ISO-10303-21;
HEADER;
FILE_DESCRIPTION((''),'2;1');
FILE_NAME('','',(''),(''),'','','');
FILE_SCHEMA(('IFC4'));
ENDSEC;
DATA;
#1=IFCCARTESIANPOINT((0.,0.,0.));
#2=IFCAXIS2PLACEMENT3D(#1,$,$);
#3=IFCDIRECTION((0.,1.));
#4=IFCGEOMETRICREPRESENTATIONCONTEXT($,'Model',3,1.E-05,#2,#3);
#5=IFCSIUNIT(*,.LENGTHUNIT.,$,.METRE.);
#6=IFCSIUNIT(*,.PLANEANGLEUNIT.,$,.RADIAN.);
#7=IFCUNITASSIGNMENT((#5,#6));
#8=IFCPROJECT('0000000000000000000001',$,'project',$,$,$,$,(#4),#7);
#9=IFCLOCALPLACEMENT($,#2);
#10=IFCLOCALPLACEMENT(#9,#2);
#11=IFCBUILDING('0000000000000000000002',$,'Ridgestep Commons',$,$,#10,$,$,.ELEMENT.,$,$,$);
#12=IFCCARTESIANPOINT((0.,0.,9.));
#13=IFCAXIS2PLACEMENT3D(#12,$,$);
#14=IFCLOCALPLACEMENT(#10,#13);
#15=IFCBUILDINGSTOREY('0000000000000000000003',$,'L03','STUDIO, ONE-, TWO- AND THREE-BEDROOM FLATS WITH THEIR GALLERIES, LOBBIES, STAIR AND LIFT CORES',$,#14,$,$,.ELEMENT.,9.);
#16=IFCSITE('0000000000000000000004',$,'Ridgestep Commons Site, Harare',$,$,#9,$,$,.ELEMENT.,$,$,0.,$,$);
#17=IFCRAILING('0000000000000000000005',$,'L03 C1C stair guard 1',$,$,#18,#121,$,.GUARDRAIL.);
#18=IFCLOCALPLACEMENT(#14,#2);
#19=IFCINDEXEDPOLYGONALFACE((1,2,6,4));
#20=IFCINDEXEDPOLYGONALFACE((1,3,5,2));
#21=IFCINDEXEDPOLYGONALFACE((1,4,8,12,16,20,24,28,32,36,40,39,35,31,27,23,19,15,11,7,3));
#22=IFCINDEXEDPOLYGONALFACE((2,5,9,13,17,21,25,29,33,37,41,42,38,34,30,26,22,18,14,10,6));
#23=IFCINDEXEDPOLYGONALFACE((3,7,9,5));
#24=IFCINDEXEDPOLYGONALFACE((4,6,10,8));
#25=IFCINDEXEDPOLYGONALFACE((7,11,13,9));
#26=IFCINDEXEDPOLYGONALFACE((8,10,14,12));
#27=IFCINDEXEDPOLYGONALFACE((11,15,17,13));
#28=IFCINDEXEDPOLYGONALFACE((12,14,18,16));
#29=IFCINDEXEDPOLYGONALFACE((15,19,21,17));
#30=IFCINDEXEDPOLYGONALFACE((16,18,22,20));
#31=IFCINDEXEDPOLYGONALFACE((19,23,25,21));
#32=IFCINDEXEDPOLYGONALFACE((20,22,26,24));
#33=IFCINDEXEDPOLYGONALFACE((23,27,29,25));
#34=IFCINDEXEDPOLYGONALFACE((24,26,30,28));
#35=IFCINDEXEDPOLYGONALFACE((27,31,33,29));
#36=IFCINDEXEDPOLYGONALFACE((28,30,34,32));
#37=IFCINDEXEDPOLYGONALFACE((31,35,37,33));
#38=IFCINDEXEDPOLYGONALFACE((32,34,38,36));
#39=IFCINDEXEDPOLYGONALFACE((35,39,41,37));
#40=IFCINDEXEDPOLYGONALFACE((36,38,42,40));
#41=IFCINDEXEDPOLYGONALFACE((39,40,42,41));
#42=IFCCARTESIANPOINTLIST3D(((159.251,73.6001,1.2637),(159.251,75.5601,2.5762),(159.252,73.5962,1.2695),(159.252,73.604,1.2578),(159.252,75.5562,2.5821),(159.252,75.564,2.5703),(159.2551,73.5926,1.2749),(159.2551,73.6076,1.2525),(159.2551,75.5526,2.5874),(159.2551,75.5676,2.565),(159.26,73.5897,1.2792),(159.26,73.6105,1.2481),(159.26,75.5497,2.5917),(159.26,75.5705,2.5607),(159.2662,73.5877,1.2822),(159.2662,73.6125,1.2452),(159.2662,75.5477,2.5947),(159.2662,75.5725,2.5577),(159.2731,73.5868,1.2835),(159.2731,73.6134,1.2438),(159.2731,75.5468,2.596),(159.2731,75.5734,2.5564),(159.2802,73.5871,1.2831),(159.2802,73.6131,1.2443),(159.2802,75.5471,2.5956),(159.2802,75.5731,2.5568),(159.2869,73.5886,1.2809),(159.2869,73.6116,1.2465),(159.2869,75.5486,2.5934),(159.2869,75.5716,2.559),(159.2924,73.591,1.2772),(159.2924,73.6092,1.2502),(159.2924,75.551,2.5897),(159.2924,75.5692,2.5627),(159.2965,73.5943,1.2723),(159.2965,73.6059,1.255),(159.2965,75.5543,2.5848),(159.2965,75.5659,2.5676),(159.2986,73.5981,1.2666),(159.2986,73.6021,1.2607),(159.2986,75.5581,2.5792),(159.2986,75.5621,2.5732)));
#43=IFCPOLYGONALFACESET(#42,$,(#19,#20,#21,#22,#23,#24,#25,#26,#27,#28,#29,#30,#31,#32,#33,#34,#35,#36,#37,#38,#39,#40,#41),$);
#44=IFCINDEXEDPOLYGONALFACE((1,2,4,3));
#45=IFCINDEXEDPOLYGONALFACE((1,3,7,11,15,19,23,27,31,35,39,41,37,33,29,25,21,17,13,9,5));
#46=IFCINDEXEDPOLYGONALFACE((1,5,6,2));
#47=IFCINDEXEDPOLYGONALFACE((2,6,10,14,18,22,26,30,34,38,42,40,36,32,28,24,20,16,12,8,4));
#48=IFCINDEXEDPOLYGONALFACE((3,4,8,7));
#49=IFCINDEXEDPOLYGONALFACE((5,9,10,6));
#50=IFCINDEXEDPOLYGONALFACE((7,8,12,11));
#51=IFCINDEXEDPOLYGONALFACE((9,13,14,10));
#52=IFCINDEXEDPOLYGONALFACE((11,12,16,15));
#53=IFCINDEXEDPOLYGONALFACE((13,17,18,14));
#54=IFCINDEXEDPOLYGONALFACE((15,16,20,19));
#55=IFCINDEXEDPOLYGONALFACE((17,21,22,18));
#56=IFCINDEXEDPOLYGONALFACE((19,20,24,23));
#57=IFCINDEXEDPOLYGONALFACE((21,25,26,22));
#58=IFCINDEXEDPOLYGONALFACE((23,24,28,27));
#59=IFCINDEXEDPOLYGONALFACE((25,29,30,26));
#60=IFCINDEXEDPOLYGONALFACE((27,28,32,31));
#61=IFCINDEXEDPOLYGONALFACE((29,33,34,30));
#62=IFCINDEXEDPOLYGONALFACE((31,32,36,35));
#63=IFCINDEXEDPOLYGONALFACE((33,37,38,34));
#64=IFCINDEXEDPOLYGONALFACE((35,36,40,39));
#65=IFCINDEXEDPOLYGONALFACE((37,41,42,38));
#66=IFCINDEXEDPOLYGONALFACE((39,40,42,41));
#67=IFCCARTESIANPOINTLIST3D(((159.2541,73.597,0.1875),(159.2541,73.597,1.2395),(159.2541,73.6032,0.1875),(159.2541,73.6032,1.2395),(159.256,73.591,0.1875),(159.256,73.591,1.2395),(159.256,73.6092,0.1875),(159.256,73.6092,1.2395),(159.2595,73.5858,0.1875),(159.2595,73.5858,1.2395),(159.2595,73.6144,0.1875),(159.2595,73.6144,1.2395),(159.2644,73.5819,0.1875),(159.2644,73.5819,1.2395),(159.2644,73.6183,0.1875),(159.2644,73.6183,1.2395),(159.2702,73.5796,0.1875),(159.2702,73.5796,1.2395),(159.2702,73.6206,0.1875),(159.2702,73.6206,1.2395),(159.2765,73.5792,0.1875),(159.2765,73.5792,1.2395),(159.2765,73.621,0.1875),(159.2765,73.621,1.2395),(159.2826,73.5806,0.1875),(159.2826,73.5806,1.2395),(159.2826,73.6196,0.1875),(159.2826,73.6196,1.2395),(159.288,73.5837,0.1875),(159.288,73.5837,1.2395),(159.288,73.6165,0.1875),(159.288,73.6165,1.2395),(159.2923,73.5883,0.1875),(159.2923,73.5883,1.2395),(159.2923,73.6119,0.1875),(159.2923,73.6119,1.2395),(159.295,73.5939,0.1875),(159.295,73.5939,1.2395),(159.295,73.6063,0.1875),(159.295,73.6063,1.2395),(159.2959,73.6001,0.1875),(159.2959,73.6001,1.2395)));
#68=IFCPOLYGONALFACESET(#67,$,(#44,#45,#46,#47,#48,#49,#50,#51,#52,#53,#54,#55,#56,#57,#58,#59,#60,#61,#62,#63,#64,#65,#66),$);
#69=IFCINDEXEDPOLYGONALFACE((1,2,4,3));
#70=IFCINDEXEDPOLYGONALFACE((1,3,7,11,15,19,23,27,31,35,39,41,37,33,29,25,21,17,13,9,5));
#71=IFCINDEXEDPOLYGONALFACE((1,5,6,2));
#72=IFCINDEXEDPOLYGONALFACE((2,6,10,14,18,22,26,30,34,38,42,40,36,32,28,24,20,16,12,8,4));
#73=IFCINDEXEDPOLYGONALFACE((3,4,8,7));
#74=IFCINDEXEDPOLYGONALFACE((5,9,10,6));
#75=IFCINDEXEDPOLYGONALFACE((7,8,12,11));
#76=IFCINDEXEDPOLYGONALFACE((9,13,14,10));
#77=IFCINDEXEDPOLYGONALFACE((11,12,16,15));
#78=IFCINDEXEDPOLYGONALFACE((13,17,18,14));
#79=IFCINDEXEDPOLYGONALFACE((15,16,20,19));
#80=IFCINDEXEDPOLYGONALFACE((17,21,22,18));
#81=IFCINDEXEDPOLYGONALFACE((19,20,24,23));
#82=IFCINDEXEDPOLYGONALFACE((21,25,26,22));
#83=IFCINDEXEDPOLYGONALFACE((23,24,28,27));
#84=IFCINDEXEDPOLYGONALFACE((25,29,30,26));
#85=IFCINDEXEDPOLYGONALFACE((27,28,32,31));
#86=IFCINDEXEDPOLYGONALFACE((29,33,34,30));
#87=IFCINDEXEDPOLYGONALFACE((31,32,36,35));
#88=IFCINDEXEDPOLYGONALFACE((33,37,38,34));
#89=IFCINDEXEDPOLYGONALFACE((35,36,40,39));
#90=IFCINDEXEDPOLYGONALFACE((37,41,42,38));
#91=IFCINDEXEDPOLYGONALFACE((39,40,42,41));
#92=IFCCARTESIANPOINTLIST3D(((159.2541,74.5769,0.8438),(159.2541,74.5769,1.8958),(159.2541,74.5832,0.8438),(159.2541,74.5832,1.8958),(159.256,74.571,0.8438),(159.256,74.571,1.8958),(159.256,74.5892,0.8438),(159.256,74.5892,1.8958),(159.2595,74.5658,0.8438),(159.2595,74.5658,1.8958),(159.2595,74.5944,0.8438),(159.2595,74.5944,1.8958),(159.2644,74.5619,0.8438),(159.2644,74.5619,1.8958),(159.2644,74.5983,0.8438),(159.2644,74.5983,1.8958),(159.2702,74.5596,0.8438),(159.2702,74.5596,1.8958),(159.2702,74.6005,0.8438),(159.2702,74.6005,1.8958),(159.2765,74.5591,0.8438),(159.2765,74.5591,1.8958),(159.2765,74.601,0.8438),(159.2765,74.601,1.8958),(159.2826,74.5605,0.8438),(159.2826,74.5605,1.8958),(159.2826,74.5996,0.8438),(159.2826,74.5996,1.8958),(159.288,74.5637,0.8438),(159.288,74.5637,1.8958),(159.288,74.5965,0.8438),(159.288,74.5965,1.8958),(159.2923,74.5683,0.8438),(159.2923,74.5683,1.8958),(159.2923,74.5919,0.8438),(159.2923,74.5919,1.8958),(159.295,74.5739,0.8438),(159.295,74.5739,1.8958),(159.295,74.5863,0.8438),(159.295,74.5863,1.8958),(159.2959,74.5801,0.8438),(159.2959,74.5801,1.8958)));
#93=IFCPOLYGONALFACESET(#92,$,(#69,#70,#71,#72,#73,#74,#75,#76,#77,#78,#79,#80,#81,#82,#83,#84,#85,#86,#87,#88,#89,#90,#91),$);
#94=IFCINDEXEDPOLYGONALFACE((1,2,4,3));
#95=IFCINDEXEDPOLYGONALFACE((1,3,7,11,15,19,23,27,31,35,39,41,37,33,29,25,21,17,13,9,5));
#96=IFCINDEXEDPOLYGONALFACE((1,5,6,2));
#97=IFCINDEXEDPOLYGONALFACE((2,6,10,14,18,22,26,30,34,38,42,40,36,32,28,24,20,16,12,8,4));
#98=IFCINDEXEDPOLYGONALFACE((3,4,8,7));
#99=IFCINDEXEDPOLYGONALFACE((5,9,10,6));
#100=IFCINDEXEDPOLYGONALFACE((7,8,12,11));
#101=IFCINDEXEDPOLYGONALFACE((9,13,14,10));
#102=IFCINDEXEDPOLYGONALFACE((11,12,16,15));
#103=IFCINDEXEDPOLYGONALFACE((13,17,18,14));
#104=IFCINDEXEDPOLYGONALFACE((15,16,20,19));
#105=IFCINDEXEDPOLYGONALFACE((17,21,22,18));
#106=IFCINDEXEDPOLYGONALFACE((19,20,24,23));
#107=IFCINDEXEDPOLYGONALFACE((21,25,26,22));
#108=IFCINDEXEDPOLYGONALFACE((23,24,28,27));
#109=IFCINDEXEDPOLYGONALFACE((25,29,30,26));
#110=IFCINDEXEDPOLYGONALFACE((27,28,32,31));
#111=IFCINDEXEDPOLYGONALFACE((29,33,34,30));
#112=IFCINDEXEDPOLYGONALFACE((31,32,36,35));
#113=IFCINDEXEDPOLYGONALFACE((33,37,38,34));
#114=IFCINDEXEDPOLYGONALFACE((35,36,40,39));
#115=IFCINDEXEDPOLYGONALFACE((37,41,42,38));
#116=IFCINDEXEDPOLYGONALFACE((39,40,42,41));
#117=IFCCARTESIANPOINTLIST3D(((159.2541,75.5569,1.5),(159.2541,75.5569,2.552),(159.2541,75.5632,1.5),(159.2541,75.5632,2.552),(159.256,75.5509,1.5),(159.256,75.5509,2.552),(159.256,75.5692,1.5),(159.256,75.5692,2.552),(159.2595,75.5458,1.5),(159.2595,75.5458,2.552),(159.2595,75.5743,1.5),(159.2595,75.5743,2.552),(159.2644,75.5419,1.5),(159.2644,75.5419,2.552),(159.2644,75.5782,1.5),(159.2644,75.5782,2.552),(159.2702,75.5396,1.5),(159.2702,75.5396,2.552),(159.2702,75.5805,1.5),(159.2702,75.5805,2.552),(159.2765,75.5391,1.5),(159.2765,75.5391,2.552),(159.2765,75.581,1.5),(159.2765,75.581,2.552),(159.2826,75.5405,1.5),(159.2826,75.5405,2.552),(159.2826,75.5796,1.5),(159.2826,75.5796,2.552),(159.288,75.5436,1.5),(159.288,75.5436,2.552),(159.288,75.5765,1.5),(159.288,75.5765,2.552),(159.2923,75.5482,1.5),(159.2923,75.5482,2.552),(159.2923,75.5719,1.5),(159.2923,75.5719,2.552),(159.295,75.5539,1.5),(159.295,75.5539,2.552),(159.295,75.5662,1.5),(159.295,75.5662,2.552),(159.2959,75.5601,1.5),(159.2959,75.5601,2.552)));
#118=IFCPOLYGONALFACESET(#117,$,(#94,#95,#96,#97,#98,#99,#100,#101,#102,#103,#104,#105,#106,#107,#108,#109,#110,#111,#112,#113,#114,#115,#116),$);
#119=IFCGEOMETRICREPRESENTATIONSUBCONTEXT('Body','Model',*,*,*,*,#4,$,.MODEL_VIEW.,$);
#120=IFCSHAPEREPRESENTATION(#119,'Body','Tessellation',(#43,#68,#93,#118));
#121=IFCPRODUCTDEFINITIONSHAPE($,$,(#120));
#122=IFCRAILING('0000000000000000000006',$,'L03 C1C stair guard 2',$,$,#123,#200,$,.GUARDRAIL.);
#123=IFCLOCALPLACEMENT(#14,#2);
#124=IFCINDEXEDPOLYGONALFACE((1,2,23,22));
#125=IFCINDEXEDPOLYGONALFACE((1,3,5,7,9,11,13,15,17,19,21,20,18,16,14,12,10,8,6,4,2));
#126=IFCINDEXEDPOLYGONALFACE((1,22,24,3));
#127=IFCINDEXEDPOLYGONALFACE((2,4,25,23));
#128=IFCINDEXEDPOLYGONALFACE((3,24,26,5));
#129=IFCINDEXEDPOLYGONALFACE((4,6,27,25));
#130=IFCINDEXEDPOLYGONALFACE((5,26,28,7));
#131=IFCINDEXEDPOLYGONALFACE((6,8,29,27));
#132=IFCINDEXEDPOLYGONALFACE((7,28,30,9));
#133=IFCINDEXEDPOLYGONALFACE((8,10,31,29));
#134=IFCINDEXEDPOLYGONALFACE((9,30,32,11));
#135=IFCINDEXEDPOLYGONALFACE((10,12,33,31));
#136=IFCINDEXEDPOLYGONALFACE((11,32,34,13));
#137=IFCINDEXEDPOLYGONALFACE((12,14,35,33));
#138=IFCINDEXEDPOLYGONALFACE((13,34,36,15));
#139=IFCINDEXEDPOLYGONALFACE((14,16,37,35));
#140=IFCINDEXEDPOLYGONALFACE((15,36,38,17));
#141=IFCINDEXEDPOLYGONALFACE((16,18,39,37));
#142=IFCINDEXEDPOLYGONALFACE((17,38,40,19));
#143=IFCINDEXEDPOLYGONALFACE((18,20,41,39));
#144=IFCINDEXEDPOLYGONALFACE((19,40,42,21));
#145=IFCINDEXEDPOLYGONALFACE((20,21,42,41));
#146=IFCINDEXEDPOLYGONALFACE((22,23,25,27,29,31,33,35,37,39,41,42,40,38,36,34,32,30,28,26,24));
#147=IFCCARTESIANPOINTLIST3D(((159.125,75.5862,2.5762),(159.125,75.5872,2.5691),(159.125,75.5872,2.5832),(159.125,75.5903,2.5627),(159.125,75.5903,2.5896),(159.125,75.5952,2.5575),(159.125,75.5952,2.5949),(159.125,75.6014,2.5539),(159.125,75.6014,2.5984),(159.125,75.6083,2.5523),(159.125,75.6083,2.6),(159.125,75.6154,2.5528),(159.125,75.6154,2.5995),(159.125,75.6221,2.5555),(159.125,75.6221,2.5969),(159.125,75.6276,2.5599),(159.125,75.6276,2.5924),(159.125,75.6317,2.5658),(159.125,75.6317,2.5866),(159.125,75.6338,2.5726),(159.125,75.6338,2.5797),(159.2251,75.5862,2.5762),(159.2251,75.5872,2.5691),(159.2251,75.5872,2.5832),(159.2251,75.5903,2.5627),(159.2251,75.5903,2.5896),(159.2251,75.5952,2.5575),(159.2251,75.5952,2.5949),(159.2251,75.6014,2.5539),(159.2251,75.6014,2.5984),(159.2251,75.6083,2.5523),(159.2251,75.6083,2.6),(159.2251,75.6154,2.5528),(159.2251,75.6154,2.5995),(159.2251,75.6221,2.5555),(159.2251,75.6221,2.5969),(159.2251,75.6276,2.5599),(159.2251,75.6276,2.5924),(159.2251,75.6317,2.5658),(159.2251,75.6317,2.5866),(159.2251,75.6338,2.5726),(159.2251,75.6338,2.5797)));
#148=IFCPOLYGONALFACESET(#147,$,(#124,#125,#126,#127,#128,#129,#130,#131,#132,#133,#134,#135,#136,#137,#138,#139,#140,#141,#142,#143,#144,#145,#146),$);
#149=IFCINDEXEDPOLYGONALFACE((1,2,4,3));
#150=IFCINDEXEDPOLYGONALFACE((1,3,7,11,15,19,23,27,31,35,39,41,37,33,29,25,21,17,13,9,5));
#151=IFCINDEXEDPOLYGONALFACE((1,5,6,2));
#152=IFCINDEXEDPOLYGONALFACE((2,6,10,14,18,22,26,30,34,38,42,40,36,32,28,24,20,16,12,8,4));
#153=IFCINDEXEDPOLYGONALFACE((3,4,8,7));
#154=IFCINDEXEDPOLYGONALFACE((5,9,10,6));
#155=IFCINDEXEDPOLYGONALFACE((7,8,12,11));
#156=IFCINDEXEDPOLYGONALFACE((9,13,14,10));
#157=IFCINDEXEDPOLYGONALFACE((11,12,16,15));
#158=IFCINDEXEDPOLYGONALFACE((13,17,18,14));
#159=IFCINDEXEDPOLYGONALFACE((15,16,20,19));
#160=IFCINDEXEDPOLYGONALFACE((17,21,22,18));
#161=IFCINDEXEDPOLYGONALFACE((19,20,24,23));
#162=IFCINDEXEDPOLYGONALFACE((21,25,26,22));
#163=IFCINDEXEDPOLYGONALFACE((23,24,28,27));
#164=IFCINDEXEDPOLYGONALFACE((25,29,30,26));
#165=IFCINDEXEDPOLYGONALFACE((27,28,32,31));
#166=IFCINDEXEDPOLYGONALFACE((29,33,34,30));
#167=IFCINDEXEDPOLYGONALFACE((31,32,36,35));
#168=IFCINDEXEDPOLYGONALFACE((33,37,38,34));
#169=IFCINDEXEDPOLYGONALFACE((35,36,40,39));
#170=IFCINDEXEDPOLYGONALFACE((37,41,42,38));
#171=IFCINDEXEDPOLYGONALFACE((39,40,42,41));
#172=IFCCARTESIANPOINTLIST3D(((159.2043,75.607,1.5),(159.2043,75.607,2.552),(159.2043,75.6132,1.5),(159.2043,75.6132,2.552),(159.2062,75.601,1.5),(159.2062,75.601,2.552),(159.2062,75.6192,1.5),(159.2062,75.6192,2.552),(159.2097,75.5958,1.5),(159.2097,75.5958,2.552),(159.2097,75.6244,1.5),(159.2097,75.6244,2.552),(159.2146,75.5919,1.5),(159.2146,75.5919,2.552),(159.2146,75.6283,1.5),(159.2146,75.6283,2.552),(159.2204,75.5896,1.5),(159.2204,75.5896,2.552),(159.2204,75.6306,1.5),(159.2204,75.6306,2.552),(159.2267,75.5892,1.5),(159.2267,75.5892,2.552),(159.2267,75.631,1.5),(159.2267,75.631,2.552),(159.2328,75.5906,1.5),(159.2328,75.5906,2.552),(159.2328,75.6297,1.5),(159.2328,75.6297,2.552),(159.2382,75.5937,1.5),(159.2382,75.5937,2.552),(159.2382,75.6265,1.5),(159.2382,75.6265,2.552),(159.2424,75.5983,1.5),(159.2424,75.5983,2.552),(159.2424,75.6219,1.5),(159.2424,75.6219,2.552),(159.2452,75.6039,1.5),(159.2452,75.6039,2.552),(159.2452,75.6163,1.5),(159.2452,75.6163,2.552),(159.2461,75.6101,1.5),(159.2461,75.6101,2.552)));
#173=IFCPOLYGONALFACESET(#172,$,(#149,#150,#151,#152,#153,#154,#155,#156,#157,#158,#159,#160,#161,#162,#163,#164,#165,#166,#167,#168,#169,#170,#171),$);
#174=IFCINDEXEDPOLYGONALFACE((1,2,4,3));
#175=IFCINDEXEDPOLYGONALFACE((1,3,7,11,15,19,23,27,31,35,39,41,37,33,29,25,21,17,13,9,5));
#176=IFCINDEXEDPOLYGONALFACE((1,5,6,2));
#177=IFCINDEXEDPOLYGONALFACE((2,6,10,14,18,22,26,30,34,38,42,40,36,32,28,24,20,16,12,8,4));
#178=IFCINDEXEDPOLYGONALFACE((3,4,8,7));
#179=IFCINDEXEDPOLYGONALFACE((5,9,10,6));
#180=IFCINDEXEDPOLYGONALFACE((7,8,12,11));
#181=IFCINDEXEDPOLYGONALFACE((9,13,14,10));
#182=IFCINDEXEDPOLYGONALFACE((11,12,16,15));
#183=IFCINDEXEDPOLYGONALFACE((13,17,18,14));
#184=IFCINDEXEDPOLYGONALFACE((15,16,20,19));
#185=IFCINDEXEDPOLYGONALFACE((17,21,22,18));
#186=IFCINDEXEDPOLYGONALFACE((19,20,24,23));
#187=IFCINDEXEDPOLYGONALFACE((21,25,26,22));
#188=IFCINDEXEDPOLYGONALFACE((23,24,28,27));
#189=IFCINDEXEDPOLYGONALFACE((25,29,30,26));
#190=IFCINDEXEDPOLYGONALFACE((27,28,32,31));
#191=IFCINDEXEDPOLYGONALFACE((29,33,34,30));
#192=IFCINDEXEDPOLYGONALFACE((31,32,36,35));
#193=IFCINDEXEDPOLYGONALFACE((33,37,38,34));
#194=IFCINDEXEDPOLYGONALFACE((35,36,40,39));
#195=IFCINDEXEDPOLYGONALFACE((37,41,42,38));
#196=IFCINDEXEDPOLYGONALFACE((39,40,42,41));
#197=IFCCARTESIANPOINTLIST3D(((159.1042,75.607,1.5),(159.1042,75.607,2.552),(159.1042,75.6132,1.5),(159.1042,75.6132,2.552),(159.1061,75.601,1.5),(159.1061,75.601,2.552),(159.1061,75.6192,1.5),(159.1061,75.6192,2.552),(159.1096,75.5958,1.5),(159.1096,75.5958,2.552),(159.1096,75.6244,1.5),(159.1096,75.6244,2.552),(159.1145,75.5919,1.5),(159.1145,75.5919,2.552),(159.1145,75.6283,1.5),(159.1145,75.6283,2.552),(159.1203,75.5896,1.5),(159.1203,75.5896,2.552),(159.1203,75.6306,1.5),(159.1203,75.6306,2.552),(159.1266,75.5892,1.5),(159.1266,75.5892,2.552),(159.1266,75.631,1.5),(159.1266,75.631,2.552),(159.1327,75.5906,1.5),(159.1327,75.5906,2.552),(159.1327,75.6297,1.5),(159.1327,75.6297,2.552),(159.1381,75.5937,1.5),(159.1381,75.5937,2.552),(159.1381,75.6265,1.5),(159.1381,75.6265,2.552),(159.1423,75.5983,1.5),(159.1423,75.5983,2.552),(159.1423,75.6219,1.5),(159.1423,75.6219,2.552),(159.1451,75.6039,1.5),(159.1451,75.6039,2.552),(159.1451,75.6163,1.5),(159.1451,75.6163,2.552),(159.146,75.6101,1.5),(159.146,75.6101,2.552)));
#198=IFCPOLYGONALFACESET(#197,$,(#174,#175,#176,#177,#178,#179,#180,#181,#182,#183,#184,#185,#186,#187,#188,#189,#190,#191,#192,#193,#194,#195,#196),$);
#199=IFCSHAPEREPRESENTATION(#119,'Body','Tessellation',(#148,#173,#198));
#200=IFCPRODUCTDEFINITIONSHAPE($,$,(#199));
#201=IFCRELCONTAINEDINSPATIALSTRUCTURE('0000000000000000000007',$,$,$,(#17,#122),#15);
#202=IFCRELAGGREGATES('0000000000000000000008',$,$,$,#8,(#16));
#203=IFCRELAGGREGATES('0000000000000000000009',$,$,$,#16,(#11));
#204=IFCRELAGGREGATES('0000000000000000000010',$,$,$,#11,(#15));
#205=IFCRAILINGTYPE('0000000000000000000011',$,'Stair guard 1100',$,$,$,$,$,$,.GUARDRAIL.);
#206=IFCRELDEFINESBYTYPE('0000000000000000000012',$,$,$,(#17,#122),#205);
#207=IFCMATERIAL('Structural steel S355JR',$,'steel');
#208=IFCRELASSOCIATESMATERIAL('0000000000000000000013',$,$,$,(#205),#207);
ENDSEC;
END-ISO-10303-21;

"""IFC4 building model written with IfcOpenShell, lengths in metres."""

from ifc_helpers import new_model, si_unit, direction, frame, origin, origin_2d, place, context, subcontext, project, spatial, circle, extrude, material, type_object, element, save


model = new_model("IFC4")

# Units and contexts
model_context = context("Model", 3, precision=1e-05, world=origin(), true_north=direction((0.0, 1.0)))
body_context = subcontext(model_context, "Body", "Model", "MODEL_VIEW")
ifc_project = project(units=[si_unit("LENGTHUNIT", "METRE"), si_unit("PLANEANGLEUNIT", "RADIAN")], contexts=[model_context])

# Site, building, storey
site_placement = place(None, origin())
site = spatial("IfcSite", under=ifc_project, at=site_placement, Name="Ridgestep Commons Site, Harare", CompositionType="ELEMENT", RefElevation=0.0)
building_placement = place(site_placement, origin())
building = spatial("IfcBuilding", under=site, at=building_placement, Name="Ridgestep Commons", CompositionType="ELEMENT")
storey_placement = place(building_placement, frame((0.0, 0.0, 9.0)))
storey = spatial("IfcBuildingStorey", under=building, at=storey_placement, Name="L03", Description="STUDIO, ONE-, TWO- AND THREE-BEDROOM FLATS WITH THEIR GALLERIES, LOBBIES, STAIR AND LIFT CORES", CompositionType="ELEMENT", Elevation=9.0)

# Railings
ifc_material_1 = material(Name="Structural steel S355JR", Category="steel")
railing_type_1 = type_object("IfcRailingType", Name="Stair guard 1100", PredefinedType="GUARDRAIL", material=ifc_material_1)
railing_1_placement = place(storey_placement, frame((159.2749, 73.6001, 0.1875)))
element("IfcRailing", 1, at=railing_1_placement, inside=storey, type_object=railing_type_1, Name="L03 C1C stair guard 1", PredefinedType="GUARDRAIL", context=body_context, shape_type="SweptSolid", body=[
    extrude(circle(Radius=0.0239, at=origin_2d()), frame((0.0, 0.0, 1.0762), z_axis=(0.0, 0.830902, 0.556419), x_axis=(-1.0, 0.0, 0.0)), (0.0, 0.0, 1.0), 2.3589),
    extrude(circle(Radius=0.021, at=origin_2d()), origin(), (0.0, 0.0, 1.0), 1.052),
    extrude(circle(Radius=0.021, at=origin_2d()), frame((0.0, 0.98, 0.6562)), (0.0, 0.0, 1.0), 1.052),
    extrude(circle(Radius=0.021, at=origin_2d()), frame((0.0, 1.96, 1.3125)), (0.0, 0.0, 1.0), 1.052),
])
railing_2_placement = place(storey_placement, frame((159.2251, 75.6101, 1.5)))
element("IfcRailing", 2, at=railing_2_placement, inside=storey, type_object=railing_type_1, Name="L03 C1C stair guard 2", PredefinedType="GUARDRAIL", context=body_context, shape_type="SweptSolid", body=[
    extrude(circle(Radius=0.0239, at=origin_2d()), frame((0.0, 0.0, 1.0762), z_axis=(-1.0, 0.0, 0.0), x_axis=(0.0, -1.0, 0.0)), (0.0, 0.0, 1.0), 0.1001),
    extrude(circle(Radius=0.021, at=origin_2d()), origin(), (0.0, 0.0, 1.0), 1.052),
    extrude(circle(Radius=0.021, at=origin_2d()), frame((-0.1001, 0.0, 0.0)), (0.0, 0.0, 1.0), 1.052),
])

save(model, "model.ifc")
